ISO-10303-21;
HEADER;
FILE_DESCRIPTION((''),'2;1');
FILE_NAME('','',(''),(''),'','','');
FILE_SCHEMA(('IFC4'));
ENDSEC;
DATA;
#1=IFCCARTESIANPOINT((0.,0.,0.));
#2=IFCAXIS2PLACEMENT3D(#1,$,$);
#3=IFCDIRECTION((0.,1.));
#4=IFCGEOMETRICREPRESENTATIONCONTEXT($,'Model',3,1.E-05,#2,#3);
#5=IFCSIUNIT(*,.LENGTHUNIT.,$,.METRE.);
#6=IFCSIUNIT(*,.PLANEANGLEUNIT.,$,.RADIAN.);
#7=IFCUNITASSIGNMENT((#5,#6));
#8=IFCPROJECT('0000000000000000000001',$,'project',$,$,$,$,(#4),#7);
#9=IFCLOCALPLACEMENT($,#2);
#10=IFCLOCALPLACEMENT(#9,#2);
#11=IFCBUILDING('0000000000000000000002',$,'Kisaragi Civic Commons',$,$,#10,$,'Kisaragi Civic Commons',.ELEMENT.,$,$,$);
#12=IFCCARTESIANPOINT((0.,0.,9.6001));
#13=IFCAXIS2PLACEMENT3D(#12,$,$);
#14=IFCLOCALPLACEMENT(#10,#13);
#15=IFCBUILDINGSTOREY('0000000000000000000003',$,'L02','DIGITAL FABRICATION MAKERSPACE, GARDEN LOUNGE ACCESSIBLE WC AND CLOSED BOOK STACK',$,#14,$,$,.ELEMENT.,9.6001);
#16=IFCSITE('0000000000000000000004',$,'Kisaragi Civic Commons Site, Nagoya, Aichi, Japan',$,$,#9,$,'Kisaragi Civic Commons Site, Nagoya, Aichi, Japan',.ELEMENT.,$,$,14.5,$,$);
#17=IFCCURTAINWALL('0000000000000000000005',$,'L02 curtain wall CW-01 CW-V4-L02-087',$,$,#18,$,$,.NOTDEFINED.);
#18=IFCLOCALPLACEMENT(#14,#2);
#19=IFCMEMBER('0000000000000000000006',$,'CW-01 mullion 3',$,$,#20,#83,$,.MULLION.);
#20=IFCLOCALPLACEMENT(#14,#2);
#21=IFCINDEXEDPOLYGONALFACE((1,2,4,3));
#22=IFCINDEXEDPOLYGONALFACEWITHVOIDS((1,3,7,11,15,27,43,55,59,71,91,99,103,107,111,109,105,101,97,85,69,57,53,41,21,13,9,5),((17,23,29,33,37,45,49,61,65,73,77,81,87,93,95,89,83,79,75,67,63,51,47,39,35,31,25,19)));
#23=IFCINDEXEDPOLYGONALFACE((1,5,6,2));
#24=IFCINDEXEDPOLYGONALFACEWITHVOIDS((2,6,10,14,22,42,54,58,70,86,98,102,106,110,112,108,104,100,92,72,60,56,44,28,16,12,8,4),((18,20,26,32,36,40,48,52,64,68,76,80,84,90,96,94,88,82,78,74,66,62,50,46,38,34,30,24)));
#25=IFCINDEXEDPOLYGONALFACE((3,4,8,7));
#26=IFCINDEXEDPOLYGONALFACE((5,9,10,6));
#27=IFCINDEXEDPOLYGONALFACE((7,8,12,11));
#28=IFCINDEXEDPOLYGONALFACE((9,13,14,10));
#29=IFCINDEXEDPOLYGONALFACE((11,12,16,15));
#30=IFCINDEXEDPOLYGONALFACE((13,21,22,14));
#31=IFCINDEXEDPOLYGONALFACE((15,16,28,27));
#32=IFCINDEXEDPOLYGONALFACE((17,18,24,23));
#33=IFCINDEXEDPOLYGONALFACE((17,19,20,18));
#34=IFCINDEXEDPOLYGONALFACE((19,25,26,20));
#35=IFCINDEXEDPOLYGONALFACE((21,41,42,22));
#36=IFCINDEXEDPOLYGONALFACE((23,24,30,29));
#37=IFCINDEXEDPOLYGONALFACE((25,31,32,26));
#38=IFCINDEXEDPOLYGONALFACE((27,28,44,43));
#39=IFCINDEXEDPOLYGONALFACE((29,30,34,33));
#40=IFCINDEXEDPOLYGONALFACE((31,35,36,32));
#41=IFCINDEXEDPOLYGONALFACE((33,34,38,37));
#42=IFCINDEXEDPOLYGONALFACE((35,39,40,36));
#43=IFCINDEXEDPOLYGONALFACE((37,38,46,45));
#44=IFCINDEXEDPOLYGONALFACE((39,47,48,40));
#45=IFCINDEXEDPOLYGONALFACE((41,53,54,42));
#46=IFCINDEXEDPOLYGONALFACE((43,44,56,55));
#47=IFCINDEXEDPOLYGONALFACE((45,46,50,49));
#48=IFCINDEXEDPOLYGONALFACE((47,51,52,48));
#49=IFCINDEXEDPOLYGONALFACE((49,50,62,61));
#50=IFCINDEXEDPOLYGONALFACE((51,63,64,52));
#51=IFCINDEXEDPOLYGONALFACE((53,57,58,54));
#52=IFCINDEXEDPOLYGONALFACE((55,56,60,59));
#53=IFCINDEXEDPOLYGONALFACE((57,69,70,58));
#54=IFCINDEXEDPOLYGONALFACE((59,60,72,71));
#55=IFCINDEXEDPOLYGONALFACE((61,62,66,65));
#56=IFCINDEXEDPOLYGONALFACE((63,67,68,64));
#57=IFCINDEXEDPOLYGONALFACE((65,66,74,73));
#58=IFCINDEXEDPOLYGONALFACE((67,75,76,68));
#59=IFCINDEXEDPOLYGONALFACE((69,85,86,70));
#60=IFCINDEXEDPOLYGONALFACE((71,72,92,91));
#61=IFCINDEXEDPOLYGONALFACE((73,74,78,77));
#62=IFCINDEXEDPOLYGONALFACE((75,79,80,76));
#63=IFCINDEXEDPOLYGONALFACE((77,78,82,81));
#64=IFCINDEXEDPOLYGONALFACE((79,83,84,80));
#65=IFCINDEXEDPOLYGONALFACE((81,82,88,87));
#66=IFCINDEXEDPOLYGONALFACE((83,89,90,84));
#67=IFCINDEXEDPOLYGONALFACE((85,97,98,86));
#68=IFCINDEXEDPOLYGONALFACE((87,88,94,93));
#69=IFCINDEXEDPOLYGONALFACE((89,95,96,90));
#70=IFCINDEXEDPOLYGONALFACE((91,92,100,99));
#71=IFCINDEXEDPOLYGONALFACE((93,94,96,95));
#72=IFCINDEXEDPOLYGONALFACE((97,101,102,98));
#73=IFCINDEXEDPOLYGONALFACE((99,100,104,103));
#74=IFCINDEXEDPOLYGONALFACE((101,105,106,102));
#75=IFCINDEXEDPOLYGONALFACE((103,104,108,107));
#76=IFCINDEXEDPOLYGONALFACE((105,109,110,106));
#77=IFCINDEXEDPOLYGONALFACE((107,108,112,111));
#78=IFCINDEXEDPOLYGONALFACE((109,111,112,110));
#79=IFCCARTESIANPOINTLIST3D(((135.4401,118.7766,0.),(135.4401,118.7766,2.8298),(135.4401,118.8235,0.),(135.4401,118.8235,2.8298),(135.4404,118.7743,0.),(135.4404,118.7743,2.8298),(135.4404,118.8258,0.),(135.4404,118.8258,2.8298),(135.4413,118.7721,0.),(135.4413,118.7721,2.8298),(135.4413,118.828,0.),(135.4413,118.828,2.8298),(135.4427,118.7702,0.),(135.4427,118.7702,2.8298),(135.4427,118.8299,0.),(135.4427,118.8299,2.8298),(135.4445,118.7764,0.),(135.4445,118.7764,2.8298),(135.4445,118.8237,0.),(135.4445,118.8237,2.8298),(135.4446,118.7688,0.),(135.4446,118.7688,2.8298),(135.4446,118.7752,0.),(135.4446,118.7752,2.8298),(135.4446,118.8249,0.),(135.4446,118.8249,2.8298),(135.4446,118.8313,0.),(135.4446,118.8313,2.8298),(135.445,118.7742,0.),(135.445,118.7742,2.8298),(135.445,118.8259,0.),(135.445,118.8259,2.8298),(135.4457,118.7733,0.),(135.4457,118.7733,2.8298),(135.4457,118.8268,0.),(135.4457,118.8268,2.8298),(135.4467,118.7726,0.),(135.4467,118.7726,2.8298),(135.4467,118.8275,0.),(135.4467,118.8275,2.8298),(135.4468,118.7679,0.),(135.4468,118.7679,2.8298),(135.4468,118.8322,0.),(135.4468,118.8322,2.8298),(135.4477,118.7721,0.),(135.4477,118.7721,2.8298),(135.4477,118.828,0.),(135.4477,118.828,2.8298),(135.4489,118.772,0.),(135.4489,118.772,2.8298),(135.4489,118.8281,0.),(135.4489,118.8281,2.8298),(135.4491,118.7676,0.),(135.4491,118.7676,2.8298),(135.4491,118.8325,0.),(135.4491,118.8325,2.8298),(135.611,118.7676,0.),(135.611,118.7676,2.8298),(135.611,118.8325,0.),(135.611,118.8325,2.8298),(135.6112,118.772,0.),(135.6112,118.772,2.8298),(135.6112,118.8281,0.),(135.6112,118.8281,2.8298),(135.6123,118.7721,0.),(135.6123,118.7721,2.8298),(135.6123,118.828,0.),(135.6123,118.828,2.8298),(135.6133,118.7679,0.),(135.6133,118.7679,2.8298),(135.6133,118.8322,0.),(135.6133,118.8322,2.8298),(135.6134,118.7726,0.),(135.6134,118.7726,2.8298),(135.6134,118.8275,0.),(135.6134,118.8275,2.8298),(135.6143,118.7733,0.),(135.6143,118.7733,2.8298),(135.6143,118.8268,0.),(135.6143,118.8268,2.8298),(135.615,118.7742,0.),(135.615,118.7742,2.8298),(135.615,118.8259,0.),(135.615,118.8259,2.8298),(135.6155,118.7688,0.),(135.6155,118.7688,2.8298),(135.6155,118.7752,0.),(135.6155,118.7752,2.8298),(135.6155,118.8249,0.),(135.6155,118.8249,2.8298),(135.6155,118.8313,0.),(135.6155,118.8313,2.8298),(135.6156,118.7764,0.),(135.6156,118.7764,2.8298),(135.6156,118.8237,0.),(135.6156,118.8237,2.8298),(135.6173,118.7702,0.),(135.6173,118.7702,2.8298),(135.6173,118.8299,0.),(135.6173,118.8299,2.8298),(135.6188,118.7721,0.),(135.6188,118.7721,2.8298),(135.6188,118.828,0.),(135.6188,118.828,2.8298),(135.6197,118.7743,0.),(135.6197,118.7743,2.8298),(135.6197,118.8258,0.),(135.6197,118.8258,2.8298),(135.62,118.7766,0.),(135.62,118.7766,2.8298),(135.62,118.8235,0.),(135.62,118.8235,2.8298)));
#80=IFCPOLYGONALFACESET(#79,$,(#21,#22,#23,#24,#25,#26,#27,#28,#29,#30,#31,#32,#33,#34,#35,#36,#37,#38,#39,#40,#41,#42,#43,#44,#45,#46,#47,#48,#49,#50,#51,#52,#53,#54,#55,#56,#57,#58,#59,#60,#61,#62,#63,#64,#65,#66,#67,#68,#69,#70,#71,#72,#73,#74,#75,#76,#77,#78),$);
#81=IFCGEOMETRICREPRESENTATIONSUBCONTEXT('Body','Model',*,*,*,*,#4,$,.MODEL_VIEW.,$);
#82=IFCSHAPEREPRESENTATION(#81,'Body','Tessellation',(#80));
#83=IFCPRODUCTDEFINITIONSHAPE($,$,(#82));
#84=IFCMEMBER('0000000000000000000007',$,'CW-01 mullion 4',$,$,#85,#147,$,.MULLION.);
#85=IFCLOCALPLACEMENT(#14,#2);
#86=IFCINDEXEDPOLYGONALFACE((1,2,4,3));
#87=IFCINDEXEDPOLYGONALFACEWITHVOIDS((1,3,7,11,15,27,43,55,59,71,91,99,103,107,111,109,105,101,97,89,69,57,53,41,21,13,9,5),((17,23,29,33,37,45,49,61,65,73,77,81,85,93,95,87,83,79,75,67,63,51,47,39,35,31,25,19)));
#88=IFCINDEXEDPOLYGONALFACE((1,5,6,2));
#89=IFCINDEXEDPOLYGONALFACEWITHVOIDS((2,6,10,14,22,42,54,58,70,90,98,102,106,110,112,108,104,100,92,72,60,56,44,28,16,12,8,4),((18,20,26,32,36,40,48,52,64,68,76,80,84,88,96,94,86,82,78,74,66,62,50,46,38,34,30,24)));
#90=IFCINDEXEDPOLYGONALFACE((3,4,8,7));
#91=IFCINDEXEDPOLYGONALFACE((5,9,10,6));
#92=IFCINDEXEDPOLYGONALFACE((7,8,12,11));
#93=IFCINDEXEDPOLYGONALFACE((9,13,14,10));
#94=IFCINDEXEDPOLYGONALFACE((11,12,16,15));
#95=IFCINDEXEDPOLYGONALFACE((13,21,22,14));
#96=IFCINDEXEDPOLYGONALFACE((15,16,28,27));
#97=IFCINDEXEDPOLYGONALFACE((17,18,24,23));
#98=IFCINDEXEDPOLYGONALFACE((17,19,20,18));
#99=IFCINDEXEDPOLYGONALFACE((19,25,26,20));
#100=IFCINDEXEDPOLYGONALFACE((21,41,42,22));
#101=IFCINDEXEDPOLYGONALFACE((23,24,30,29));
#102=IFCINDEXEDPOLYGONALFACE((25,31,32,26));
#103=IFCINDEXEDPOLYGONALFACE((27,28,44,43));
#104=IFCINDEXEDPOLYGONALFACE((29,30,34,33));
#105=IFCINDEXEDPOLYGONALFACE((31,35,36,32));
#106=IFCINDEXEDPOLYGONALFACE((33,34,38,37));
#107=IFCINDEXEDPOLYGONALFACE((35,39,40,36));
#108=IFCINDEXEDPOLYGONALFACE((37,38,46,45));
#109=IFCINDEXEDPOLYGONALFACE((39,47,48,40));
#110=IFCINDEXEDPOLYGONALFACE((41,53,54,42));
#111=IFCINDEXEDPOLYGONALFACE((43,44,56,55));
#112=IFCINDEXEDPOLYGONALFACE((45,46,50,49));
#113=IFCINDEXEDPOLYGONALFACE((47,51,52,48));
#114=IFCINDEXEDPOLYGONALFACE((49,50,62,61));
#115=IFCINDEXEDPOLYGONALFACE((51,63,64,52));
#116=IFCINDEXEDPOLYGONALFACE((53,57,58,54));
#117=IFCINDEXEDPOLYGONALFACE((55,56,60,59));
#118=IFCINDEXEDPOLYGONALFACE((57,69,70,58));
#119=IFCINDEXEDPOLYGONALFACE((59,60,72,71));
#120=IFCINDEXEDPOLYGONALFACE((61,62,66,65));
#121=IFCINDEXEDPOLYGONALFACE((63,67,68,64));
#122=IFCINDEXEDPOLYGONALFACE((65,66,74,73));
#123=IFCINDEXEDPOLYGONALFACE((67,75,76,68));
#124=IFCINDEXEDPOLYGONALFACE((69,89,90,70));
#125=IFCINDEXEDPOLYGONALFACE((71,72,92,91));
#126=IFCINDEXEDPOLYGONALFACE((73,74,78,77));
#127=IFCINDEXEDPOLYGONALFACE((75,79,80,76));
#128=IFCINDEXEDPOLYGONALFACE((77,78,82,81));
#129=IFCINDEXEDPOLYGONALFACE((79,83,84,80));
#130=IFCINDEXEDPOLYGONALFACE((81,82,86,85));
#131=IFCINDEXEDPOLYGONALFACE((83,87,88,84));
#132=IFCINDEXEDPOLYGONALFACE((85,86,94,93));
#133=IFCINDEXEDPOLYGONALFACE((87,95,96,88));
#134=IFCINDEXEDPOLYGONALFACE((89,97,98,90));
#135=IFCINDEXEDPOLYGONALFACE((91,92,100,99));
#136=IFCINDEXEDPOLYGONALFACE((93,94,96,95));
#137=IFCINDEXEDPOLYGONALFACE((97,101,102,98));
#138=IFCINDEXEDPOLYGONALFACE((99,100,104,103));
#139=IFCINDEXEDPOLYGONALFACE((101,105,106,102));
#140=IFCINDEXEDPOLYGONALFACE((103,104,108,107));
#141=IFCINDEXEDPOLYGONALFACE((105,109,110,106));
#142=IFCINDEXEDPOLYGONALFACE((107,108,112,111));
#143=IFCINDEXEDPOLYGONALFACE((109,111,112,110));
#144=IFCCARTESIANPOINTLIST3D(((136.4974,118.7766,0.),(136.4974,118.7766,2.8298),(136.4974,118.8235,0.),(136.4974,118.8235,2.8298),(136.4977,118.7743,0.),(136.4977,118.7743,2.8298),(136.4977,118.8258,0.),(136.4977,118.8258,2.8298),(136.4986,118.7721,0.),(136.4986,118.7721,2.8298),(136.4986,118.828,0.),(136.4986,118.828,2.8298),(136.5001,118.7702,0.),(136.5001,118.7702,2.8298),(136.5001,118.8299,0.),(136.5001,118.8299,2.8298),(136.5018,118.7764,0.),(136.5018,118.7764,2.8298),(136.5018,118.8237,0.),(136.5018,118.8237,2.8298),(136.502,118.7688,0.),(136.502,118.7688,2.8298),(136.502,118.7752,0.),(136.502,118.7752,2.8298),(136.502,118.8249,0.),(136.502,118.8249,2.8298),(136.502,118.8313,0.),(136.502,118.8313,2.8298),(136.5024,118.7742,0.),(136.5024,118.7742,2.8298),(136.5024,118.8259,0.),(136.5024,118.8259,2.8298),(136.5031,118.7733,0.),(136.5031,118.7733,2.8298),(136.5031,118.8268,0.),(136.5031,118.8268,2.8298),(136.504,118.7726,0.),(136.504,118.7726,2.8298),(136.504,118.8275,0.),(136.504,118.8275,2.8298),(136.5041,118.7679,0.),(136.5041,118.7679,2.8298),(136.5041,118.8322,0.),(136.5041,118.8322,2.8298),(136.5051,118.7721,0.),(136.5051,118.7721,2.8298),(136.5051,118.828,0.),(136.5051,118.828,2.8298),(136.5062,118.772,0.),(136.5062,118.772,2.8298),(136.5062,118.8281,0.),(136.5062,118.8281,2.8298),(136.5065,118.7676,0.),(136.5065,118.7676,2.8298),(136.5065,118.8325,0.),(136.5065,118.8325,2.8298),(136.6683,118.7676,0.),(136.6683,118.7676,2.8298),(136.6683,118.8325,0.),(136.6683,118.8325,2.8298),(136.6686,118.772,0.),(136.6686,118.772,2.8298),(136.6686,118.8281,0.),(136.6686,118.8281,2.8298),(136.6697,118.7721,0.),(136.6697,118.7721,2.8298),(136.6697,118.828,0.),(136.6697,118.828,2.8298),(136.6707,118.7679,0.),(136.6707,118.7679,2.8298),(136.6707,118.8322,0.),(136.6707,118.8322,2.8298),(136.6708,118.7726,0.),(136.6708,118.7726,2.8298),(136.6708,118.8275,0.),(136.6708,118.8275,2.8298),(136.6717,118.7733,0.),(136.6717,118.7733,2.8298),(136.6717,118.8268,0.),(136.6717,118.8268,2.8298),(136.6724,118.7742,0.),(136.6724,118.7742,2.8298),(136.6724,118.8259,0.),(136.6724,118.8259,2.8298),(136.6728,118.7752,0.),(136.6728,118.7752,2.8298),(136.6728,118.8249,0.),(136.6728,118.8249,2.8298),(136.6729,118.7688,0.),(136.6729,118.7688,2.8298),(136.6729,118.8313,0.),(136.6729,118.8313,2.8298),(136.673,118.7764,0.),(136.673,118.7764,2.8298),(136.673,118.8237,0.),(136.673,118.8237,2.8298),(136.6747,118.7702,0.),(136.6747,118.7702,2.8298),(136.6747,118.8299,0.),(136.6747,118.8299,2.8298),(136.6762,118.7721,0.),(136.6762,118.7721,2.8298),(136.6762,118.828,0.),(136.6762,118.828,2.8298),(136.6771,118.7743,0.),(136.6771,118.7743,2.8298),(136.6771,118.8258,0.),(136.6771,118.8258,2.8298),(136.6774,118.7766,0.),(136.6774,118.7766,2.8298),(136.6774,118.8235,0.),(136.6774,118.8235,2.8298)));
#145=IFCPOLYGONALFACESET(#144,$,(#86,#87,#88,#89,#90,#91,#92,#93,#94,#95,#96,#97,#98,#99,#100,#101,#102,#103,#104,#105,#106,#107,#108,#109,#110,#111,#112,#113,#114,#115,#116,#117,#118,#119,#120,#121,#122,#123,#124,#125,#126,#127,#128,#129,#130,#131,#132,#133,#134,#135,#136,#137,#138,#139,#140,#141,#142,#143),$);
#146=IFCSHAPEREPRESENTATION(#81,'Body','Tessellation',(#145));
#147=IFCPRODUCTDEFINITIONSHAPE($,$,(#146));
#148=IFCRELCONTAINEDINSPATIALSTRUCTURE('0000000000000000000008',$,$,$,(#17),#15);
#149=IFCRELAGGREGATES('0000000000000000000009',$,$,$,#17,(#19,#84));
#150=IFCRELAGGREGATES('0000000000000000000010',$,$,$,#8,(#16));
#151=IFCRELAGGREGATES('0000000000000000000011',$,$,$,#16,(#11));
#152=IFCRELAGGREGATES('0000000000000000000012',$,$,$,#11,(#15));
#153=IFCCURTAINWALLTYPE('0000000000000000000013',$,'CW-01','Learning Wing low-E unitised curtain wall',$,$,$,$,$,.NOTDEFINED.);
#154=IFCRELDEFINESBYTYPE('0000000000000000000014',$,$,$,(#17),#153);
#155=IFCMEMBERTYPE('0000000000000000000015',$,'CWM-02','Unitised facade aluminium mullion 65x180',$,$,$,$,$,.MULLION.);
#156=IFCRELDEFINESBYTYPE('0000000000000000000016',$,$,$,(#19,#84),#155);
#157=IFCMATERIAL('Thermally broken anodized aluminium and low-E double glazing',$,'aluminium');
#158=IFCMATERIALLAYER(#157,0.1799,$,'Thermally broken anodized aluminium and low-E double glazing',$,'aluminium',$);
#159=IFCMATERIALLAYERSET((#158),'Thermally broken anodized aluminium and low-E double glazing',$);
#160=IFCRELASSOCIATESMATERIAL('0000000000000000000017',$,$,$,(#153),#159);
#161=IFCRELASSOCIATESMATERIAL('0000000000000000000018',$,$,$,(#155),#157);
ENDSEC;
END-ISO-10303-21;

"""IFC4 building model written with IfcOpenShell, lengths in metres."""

from ifc_helpers import new_model, si_unit, direction, frame, origin, origin_2d, place, context, subcontext, project, spatial, hollow_rectangle, extrude, material, layer, layer_set, material_profile, profile_set, type_object, element, aggregate, save


model = new_model("IFC4")

# Units and contexts
model_context = context("Model", 3, precision=1e-05, world=origin(), true_north=direction((0.0, 1.0)))
body_context = subcontext(model_context, "Body", "Model", "MODEL_VIEW")
ifc_project = project(units=[si_unit("LENGTHUNIT", "METRE"), si_unit("PLANEANGLEUNIT", "RADIAN")], contexts=[model_context])

# Site, building, storey
site_placement = place(None, origin())
site = spatial("IfcSite", under=ifc_project, at=site_placement, Name="Kisaragi Civic Commons Site, Nagoya, Aichi, Japan", LongName="Kisaragi Civic Commons Site, Nagoya, Aichi, Japan", CompositionType="ELEMENT", RefElevation=14.5)
building_placement = place(site_placement, origin())
building = spatial("IfcBuilding", under=site, at=building_placement, Name="Kisaragi Civic Commons", LongName="Kisaragi Civic Commons", CompositionType="ELEMENT")
storey_placement = place(building_placement, frame((0.0, 0.0, 9.6001)))
storey = spatial("IfcBuildingStorey", under=building, at=storey_placement, Name="L02", Description="DIGITAL FABRICATION MAKERSPACE, GARDEN LOUNGE ACCESSIBLE WC AND CLOSED BOOK STACK", CompositionType="ELEMENT", Elevation=9.6001)

# Curtain wall, members
ifc_material_1 = material(Name="Thermally broken anodized aluminium and low-E double glazing", Category="aluminium")
ifc_layer_1 = layer(ifc_material_1, 0.1799, Name="Thermally broken anodized aluminium and low-E double glazing", Category="aluminium")
ifc_layer_set_1 = layer_set([ifc_layer_1], Name="Thermally broken anodized aluminium and low-E double glazing")
curtain_wall_type = type_object("IfcCurtainWallType", Name="CW-01", Description="Learning Wing low-E unitised curtain wall", PredefinedType="NOTDEFINED", material=ifc_layer_set_1)
curtain_wall_placement = place(storey_placement, origin())
curtain_wall = element("IfcCurtainWall", 1, at=curtain_wall_placement, inside=storey, type_object=curtain_wall_type, Name="L02 curtain wall CW-01 CW-V4-L02-087", PredefinedType="NOTDEFINED")
ifc_material_profile_1 = material_profile(ifc_material_1, hollow_rectangle(XDim=0.0649, YDim=0.1799, WallThickness=0.0044, InnerFilletRadius=0.0044, OuterFilletRadius=0.009, at=origin_2d()), Name="CWM-65x180x4.5", Category="aluminium")
ifc_profile_set_1 = profile_set([ifc_material_profile_1], Name="Thermally broken anodized aluminium and low-E double glazing")
member_type_1 = type_object("IfcMemberType", Name="CWM-02", Description="Unitised facade aluminium mullion 65x180", PredefinedType="MULLION", material=ifc_profile_set_1)
member_1_placement = place(storey_placement, frame((135.53, 118.8, 0.0), z_axis=(0.0, 0.0, 1.0), x_axis=(0.0, 1.0, 0.0)))
member_1 = element("IfcMember", 2, at=member_1_placement, type_object=member_type_1, Name="CW-01 mullion 3", PredefinedType="MULLION", context=body_context, shape_type="SweptSolid", body=[
    extrude(hollow_rectangle(XDim=0.0649, YDim=0.1799, WallThickness=0.0044, InnerFilletRadius=0.0044, OuterFilletRadius=0.009, at=origin_2d()), origin(), (0.0, 0.0, 1.0), 2.8298),
])
member_2_placement = place(storey_placement, frame((136.5874, 118.8, 0.0), z_axis=(0.0, 0.0, 1.0), x_axis=(0.0, 1.0, 0.0)))
member_2 = element("IfcMember", 3, at=member_2_placement, type_object=member_type_1, Name="CW-01 mullion 4", PredefinedType="MULLION", context=body_context, shape_type="SweptSolid", body=[
    extrude(hollow_rectangle(XDim=0.0649, YDim=0.1799, WallThickness=0.0044, InnerFilletRadius=0.0044, OuterFilletRadius=0.009, at=origin_2d()), origin(), (0.0, 0.0, 1.0), 2.8298),
])
aggregate(curtain_wall, [member_1, member_2])

save(model, "model.ifc")
